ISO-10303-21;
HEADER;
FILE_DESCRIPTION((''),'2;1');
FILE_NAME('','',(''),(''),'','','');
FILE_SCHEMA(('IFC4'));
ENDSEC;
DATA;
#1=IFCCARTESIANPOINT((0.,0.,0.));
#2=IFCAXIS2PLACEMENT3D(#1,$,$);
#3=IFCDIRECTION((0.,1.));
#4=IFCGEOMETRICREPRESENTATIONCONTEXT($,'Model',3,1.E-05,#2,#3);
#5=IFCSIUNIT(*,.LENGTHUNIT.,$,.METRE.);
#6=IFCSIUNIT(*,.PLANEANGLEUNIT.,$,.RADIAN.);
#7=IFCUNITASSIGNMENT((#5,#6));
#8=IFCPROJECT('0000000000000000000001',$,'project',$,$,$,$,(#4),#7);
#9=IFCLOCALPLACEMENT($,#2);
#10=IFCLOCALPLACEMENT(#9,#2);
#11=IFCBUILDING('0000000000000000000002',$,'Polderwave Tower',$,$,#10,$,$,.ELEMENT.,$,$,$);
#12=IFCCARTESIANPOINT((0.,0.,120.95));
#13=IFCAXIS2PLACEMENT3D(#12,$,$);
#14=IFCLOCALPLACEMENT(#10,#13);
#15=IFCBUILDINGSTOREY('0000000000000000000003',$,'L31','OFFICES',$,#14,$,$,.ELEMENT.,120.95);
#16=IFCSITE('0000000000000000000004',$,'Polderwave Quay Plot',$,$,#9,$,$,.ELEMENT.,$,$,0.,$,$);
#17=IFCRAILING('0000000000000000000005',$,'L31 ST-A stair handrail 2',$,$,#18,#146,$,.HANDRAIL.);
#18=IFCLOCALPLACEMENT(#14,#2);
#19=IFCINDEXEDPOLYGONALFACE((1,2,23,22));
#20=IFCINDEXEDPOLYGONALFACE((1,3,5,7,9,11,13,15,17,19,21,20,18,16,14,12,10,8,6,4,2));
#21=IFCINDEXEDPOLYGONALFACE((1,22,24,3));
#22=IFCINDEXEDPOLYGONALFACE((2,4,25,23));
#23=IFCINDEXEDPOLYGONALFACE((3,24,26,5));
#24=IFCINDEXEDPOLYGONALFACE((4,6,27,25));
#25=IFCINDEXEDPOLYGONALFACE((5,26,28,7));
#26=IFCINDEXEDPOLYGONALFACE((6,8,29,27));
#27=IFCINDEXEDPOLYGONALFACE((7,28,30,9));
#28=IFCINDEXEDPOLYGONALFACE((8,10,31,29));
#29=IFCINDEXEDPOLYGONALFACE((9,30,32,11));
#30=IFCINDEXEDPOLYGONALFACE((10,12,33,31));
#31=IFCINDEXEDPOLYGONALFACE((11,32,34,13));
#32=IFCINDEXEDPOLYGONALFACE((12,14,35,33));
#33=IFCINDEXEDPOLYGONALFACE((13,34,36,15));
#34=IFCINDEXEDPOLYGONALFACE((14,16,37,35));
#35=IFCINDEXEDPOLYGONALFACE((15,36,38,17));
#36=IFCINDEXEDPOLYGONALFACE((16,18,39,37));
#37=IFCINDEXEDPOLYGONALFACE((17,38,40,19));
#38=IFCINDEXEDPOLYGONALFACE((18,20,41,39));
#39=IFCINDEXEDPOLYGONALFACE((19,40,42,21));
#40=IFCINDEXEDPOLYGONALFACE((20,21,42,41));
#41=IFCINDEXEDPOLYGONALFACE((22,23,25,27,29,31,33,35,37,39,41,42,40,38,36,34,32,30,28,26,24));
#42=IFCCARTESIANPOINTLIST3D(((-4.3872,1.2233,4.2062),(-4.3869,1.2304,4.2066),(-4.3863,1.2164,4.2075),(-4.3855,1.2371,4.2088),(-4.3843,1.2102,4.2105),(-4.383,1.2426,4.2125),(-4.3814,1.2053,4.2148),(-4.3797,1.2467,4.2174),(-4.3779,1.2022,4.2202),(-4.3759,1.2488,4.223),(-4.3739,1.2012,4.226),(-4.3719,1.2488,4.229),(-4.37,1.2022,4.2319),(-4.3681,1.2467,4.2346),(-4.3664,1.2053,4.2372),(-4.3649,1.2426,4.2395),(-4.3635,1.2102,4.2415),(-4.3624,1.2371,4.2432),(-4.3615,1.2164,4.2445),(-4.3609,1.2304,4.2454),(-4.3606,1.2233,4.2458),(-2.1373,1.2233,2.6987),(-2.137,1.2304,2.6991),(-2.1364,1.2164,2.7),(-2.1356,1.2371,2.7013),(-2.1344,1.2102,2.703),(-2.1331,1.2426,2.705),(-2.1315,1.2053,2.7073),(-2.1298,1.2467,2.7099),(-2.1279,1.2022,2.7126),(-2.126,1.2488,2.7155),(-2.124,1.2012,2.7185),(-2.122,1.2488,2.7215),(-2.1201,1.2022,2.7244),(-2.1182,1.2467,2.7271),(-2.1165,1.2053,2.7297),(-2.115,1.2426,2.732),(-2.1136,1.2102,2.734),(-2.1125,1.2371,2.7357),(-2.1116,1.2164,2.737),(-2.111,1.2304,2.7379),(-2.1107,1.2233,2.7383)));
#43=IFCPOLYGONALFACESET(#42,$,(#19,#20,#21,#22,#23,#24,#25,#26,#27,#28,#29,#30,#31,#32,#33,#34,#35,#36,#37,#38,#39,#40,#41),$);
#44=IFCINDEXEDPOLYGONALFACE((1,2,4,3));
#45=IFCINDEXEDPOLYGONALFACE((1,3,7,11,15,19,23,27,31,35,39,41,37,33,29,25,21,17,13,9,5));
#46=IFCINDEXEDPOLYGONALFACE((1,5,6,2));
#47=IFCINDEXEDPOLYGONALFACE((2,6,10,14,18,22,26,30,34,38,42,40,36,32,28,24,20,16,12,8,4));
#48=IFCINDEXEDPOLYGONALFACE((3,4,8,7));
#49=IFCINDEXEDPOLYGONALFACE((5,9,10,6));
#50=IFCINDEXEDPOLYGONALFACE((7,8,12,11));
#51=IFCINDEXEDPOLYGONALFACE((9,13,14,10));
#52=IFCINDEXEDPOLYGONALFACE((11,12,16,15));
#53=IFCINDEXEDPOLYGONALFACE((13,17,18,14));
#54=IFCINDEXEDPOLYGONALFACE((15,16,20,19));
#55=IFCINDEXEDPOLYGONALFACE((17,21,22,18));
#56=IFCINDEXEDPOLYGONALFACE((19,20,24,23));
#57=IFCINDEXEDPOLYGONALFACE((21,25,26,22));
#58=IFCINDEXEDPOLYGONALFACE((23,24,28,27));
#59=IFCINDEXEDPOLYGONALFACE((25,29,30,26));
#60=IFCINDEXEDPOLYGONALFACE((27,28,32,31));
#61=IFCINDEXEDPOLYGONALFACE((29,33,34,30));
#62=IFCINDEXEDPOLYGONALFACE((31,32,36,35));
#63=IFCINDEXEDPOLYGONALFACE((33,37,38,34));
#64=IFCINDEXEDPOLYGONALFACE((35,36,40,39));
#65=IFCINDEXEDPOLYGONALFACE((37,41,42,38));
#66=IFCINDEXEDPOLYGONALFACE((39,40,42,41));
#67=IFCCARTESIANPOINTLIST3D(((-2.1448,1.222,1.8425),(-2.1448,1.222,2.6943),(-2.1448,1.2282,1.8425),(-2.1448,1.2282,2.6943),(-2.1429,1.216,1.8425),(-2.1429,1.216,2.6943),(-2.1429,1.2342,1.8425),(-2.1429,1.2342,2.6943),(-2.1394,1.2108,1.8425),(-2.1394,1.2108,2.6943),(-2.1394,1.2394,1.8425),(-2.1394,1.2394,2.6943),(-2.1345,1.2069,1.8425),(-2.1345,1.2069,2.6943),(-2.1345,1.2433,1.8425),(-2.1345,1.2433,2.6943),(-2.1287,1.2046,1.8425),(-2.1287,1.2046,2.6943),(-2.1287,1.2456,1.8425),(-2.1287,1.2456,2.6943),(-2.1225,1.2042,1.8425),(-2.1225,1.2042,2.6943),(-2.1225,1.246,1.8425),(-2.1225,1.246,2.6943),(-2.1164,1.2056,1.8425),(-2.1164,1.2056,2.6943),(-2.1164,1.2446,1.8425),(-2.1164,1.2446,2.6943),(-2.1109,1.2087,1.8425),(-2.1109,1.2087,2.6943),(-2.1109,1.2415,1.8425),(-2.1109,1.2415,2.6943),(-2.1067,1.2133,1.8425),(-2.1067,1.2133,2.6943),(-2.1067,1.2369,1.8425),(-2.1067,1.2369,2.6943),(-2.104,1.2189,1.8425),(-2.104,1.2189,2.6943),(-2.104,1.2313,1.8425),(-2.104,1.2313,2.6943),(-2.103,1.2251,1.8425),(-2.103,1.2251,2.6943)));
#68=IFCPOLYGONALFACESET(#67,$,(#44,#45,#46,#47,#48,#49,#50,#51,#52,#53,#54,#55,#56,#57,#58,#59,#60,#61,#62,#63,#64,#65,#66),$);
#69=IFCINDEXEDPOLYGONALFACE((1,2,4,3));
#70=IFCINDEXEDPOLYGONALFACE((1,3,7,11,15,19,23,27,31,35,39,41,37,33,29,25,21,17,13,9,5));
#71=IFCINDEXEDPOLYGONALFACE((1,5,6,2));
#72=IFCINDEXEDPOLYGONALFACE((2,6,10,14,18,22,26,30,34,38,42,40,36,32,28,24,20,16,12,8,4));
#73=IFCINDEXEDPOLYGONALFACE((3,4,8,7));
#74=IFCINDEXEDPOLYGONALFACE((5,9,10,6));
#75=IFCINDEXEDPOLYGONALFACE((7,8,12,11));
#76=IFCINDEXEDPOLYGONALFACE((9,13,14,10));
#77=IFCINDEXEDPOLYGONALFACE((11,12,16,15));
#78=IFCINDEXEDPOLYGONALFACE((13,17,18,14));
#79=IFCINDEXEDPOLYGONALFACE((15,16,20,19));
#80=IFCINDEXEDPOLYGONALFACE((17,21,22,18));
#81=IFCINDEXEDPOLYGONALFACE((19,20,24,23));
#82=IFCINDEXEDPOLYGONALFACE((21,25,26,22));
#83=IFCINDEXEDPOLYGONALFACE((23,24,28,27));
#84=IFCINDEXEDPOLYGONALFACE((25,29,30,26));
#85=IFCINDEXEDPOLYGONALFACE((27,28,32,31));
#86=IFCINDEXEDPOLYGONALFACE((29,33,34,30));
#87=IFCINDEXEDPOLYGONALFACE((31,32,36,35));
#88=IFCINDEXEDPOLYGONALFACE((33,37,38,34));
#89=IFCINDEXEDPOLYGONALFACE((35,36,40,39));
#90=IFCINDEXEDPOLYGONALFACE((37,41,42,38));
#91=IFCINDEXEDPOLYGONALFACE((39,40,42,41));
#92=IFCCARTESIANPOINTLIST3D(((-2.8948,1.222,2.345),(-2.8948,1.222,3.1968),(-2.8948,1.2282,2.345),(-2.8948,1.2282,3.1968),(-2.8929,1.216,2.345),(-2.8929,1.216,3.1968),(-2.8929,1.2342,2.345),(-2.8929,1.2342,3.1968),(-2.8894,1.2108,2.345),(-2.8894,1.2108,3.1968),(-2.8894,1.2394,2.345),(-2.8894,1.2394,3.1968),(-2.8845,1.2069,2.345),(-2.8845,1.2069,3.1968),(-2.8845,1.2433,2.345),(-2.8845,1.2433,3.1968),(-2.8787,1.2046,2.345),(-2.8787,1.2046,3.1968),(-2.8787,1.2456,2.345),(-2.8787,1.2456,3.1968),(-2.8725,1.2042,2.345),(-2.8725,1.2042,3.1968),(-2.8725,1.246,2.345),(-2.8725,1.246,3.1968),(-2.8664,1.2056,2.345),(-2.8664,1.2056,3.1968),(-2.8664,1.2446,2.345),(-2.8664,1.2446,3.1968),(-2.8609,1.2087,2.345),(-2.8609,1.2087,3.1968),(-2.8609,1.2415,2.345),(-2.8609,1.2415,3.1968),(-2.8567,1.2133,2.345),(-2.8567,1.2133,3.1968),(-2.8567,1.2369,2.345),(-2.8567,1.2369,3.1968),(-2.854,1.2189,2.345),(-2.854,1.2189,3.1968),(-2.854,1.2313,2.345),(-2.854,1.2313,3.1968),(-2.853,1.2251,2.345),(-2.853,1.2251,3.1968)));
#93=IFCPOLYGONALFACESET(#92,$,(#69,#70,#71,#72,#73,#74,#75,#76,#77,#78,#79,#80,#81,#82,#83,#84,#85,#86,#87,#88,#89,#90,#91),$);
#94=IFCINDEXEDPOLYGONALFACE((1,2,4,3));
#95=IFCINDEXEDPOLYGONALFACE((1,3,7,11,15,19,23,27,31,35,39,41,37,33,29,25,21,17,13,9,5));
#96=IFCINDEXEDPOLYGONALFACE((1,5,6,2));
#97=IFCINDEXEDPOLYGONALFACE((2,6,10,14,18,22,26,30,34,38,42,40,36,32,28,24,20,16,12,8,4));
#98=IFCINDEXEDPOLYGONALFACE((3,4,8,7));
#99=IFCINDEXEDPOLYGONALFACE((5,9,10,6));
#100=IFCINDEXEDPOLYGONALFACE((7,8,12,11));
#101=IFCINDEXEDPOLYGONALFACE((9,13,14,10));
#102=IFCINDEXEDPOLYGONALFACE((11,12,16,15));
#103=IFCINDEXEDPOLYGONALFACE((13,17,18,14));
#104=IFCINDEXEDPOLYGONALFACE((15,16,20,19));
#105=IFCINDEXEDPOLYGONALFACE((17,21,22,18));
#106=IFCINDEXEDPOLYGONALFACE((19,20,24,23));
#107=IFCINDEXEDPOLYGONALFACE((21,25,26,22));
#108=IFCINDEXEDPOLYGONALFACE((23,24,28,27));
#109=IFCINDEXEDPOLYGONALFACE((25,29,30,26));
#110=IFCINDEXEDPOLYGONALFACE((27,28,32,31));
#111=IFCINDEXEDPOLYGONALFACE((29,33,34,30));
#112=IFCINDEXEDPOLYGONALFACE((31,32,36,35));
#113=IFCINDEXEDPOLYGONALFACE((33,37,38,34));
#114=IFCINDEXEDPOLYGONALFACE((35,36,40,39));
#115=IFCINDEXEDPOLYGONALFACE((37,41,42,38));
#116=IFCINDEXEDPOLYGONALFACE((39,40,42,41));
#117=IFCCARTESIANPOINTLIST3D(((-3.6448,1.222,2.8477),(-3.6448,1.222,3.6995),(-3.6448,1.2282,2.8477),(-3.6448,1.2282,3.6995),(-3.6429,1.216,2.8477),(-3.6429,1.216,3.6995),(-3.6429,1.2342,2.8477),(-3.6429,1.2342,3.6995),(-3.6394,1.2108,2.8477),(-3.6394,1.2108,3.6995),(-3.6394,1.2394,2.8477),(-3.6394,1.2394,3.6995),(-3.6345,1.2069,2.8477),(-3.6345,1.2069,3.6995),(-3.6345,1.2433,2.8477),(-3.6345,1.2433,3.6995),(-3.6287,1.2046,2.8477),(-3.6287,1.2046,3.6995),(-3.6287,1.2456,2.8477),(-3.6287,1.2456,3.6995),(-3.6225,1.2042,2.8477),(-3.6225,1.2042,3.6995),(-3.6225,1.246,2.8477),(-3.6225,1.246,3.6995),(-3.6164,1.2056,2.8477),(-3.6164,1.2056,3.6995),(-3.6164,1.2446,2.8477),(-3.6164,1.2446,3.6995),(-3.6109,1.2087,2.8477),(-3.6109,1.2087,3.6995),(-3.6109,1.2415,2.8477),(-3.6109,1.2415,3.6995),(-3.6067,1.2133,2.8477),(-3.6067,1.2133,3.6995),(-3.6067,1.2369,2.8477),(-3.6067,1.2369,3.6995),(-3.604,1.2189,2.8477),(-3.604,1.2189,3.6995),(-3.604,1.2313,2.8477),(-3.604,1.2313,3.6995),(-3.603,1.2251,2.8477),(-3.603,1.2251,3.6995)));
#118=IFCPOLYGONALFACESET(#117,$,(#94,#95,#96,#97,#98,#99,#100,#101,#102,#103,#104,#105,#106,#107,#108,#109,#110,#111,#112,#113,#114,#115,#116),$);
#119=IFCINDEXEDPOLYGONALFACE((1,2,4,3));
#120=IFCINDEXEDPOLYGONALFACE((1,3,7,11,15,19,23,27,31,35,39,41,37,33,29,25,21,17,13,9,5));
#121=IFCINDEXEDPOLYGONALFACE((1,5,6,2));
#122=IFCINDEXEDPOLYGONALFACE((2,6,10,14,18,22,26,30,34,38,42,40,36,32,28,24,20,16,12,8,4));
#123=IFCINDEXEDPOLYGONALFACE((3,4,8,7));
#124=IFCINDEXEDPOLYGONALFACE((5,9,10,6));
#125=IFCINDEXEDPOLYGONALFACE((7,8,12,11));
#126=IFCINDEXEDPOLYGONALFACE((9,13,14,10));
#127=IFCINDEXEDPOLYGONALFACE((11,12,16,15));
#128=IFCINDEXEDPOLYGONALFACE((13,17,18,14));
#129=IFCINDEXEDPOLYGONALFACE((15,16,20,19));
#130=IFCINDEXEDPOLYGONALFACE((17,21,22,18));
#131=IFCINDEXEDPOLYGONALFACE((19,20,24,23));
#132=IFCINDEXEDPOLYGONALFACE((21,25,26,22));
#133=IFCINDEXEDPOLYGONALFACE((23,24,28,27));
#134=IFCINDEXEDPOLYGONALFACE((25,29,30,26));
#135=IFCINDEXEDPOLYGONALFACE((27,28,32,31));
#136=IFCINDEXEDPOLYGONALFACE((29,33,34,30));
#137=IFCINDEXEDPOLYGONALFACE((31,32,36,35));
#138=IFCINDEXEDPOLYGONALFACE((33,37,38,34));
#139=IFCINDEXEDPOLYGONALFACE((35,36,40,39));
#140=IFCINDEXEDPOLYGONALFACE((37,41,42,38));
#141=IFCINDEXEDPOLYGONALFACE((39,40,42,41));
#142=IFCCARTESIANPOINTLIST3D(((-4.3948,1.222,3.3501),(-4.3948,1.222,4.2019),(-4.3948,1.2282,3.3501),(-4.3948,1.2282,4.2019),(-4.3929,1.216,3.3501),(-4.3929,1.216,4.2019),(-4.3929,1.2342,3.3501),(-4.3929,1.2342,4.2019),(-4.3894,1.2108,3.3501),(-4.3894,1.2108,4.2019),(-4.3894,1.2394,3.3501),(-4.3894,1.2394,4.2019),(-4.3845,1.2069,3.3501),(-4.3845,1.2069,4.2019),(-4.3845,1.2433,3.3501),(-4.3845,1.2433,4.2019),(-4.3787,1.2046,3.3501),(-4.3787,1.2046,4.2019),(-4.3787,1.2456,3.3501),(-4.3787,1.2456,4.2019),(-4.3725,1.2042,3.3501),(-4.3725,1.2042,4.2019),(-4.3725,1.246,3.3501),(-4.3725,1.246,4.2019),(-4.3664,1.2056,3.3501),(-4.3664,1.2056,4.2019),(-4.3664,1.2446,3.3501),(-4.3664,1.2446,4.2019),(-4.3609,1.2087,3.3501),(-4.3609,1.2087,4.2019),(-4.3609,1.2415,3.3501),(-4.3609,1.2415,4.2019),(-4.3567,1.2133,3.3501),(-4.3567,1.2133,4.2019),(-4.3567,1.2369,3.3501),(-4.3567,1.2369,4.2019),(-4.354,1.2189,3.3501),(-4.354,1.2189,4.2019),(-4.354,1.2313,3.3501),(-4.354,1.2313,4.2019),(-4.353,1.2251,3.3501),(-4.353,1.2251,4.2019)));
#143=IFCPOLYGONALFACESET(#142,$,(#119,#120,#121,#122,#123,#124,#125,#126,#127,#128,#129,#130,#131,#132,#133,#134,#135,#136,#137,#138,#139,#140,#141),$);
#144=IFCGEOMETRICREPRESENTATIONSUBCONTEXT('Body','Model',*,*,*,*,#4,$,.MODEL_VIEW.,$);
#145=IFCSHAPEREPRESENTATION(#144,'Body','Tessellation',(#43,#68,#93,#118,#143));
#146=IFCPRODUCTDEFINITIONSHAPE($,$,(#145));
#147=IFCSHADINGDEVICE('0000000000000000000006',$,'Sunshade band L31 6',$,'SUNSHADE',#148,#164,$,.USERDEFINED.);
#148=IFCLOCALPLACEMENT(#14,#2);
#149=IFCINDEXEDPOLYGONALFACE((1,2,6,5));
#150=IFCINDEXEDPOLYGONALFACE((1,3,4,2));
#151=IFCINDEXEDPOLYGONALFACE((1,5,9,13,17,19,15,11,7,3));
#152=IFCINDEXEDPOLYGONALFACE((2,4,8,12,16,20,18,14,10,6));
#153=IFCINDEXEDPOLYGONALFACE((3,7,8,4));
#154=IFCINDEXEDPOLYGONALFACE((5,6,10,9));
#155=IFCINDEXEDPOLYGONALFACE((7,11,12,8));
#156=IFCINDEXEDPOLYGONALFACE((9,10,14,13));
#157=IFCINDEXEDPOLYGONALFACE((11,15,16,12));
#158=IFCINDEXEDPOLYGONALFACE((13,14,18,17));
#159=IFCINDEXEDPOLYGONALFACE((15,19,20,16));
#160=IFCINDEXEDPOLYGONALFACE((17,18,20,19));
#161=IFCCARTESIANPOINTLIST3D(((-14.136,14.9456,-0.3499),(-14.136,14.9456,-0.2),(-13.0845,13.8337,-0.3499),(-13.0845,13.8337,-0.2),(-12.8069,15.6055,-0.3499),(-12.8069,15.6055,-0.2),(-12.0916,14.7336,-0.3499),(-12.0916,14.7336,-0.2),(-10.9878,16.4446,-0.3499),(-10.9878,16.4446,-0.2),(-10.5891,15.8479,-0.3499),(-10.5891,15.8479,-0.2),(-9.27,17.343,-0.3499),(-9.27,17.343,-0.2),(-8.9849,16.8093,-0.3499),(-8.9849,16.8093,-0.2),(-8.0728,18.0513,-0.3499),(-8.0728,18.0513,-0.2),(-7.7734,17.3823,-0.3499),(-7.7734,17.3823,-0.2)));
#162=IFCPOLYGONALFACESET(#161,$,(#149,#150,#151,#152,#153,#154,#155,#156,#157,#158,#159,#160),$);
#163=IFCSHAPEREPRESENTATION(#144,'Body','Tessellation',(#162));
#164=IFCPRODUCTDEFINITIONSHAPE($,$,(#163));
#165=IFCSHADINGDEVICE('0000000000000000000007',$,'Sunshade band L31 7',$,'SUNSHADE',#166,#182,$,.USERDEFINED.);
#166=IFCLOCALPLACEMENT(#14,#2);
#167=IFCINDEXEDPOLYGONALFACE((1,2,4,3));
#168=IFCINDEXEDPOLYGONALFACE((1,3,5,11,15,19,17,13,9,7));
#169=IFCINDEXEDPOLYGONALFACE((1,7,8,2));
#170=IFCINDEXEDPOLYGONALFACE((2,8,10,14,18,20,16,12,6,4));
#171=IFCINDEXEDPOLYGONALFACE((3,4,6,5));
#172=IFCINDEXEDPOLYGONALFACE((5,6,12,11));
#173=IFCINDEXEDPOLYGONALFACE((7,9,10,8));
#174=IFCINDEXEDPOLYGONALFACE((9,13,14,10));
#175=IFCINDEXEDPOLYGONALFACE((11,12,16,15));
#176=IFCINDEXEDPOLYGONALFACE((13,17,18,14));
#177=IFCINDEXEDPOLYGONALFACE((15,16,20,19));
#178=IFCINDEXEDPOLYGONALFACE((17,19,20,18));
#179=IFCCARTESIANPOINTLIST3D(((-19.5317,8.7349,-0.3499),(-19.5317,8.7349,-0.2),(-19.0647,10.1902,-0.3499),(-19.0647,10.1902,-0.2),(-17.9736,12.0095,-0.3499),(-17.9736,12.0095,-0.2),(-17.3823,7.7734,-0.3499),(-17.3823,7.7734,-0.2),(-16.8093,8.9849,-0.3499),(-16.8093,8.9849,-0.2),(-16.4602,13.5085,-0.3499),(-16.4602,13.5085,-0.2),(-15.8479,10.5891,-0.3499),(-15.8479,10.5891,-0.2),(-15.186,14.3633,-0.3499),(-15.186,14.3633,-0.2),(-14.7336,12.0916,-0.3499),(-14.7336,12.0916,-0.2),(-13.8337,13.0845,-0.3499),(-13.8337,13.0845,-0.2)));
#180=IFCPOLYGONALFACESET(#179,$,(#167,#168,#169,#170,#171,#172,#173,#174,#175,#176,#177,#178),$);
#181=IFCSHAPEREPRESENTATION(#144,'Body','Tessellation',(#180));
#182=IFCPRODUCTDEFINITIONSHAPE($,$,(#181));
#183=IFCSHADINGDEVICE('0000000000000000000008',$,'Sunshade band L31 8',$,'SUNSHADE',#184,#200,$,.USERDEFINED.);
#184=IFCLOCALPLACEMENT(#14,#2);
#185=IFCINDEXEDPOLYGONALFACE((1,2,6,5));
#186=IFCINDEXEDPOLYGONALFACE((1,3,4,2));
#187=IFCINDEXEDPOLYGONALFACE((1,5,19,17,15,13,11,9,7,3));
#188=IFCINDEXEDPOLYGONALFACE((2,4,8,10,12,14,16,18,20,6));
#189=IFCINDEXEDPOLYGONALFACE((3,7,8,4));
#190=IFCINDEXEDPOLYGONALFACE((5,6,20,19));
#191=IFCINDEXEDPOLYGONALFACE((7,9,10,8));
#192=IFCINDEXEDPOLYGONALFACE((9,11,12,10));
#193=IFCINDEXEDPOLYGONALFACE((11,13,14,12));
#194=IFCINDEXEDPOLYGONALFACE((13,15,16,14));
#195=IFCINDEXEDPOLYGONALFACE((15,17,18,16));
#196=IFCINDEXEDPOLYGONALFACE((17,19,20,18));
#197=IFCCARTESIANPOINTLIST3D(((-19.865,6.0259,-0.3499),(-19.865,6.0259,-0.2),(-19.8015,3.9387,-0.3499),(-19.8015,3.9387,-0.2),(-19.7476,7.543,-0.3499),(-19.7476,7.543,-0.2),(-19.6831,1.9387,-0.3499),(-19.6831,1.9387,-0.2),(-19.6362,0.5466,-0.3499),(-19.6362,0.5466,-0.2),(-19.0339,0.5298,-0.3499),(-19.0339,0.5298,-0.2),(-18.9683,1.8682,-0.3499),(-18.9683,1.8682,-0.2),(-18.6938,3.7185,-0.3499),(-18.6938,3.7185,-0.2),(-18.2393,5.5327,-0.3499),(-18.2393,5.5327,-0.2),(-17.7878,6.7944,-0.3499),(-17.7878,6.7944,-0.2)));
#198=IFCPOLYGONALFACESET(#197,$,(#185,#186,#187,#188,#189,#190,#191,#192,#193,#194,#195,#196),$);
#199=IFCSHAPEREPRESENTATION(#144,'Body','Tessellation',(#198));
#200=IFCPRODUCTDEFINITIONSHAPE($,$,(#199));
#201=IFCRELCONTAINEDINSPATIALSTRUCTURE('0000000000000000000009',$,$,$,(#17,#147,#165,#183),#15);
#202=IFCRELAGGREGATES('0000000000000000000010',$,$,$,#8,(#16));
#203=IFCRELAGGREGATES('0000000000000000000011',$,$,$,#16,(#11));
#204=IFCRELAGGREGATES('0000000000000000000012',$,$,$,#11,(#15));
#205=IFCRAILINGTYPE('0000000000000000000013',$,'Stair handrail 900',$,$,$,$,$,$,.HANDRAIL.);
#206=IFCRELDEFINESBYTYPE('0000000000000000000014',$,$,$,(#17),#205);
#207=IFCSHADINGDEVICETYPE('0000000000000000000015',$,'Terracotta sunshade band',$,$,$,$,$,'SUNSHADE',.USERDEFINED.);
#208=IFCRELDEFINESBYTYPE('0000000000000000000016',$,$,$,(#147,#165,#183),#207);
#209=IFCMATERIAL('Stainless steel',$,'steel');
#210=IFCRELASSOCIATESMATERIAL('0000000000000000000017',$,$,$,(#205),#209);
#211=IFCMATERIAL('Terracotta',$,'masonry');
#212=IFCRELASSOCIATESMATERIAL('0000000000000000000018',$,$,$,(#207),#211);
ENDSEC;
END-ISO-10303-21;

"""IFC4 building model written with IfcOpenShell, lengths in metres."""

from ifc_helpers import new_model, si_unit, direction, frame, origin, origin_2d, place, context, subcontext, project, spatial, polyline, circle, outline, extrude, material, type_object, element, save


model = new_model("IFC4")

# Units and contexts
model_context = context("Model", 3, precision=1e-05, world=origin(), true_north=direction((0.0, 1.0)))
body_context = subcontext(model_context, "Body", "Model", "MODEL_VIEW")
ifc_project = project(units=[si_unit("LENGTHUNIT", "METRE"), si_unit("PLANEANGLEUNIT", "RADIAN")], contexts=[model_context])

# Site, building, storey
site_placement = place(None, origin())
site = spatial("IfcSite", under=ifc_project, at=site_placement, Name="Polderwave Quay Plot", CompositionType="ELEMENT", RefElevation=0.0)
building_placement = place(site_placement, origin())
building = spatial("IfcBuilding", under=site, at=building_placement, Name="Polderwave Tower", CompositionType="ELEMENT")
storey_placement = place(building_placement, frame((0.0, 0.0, 120.95)))
storey = spatial("IfcBuildingStorey", under=building, at=storey_placement, Name="L31", Description="OFFICES", CompositionType="ELEMENT", Elevation=120.95)

# Shared definitions
ifc_material_1 = material(Name="Stainless steel", Category="steel")

# Railing
railing_type_1 = type_object("IfcRailingType", Name="Stair handrail 900", PredefinedType="HANDRAIL", material=ifc_material_1)
railing_1_placement = place(storey_placement, frame((-2.124, 1.2251, 1.8425)))
element("IfcRailing", 1, at=railing_1_placement, inside=storey, type_object=railing_type_1, Name="L31 ST-A stair handrail 2", PredefinedType="HANDRAIL", context=body_context, shape_type="SweptSolid", body=[
    extrude(circle(Radius=0.0239, at=origin_2d()), frame((0.0, 0.0, 0.876), z_axis=(-0.830758, 0.0, 0.556633), x_axis=(0.0, -1.0, 0.0)), (0.0, 0.0, 1.0), 2.7083),
    extrude(circle(Radius=0.021, at=origin_2d()), origin(), (0.0, 0.0, 1.0), 0.8518),
    extrude(circle(Radius=0.021, at=origin_2d()), frame((-0.75, 0.0, 0.5024)), (0.0, 0.0, 1.0), 0.8518),
    extrude(circle(Radius=0.021, at=origin_2d()), frame((-1.5, 0.0, 1.0051)), (0.0, 0.0, 1.0), 0.8518),
    extrude(circle(Radius=0.021, at=origin_2d()), frame((-2.25, 0.0, 1.5076)), (0.0, 0.0, 1.0), 0.8518),
])

# Shading devices
ifc_material_2 = material(Name="Terracotta", Category="masonry")
shading_device_type = type_object("IfcShadingDeviceType", Name="Terracotta sunshade band", ElementType="SUNSHADE", PredefinedType="USERDEFINED", material=ifc_material_2)
shading_device_1_placement = place(storey_placement, frame((0.0, 0.0, -0.3499)))
element("IfcShadingDevice", 2, at=shading_device_1_placement, inside=storey, type_object=shading_device_type, Name="Sunshade band L31 6", ObjectType="SUNSHADE", PredefinedType="USERDEFINED", context=body_context, shape_type="SweptSolid", body=[
    extrude(outline(polyline([(-7.7734, 17.3823), (-8.9849, 16.8093), (-10.5891, 15.8479), (-12.0916, 14.7336), (-13.0845, 13.8337), (-14.136, 14.9456), (-12.8069, 15.6055), (-10.9878, 16.4446), (-9.27, 17.343), (-8.0728, 18.0513), (-7.7734, 17.3823)])), origin(), (0.0, 0.0, 1.0), 0.1499),
])
shading_device_2_placement = place(storey_placement, frame((0.0, 0.0, -0.3499)))
element("IfcShadingDevice", 3, at=shading_device_2_placement, inside=storey, type_object=shading_device_type, Name="Sunshade band L31 7", ObjectType="SUNSHADE", PredefinedType="USERDEFINED", context=body_context, shape_type="SweptSolid", body=[
    extrude(outline(polyline([(-13.8337, 13.0845), (-14.7336, 12.0916), (-15.8479, 10.5891), (-16.8093, 8.9849), (-17.3823, 7.7734), (-19.5317, 8.7349), (-19.0647, 10.1902), (-17.9736, 12.0095), (-16.4602, 13.5085), (-15.186, 14.3633), (-13.8337, 13.0845)])), origin(), (0.0, 0.0, 1.0), 0.1499),
])
shading_device_3_placement = place(storey_placement, frame((0.0, 0.0, -0.3499)))
element("IfcShadingDevice", 4, at=shading_device_3_placement, inside=storey, type_object=shading_device_type, Name="Sunshade band L31 8", ObjectType="SUNSHADE", PredefinedType="USERDEFINED", context=body_context, shape_type="SweptSolid", body=[
    extrude(outline(polyline([(-17.7878, 6.7944), (-18.2393, 5.5327), (-18.6938, 3.7185), (-18.9683, 1.8682), (-19.0339, 0.5298), (-19.6362, 0.5466), (-19.6831, 1.9387), (-19.8015, 3.9387), (-19.865, 6.0259), (-19.7476, 7.543), (-17.7878, 6.7944)])), origin(), (0.0, 0.0, 1.0), 0.1499),
])

save(model, "model.ifc")
